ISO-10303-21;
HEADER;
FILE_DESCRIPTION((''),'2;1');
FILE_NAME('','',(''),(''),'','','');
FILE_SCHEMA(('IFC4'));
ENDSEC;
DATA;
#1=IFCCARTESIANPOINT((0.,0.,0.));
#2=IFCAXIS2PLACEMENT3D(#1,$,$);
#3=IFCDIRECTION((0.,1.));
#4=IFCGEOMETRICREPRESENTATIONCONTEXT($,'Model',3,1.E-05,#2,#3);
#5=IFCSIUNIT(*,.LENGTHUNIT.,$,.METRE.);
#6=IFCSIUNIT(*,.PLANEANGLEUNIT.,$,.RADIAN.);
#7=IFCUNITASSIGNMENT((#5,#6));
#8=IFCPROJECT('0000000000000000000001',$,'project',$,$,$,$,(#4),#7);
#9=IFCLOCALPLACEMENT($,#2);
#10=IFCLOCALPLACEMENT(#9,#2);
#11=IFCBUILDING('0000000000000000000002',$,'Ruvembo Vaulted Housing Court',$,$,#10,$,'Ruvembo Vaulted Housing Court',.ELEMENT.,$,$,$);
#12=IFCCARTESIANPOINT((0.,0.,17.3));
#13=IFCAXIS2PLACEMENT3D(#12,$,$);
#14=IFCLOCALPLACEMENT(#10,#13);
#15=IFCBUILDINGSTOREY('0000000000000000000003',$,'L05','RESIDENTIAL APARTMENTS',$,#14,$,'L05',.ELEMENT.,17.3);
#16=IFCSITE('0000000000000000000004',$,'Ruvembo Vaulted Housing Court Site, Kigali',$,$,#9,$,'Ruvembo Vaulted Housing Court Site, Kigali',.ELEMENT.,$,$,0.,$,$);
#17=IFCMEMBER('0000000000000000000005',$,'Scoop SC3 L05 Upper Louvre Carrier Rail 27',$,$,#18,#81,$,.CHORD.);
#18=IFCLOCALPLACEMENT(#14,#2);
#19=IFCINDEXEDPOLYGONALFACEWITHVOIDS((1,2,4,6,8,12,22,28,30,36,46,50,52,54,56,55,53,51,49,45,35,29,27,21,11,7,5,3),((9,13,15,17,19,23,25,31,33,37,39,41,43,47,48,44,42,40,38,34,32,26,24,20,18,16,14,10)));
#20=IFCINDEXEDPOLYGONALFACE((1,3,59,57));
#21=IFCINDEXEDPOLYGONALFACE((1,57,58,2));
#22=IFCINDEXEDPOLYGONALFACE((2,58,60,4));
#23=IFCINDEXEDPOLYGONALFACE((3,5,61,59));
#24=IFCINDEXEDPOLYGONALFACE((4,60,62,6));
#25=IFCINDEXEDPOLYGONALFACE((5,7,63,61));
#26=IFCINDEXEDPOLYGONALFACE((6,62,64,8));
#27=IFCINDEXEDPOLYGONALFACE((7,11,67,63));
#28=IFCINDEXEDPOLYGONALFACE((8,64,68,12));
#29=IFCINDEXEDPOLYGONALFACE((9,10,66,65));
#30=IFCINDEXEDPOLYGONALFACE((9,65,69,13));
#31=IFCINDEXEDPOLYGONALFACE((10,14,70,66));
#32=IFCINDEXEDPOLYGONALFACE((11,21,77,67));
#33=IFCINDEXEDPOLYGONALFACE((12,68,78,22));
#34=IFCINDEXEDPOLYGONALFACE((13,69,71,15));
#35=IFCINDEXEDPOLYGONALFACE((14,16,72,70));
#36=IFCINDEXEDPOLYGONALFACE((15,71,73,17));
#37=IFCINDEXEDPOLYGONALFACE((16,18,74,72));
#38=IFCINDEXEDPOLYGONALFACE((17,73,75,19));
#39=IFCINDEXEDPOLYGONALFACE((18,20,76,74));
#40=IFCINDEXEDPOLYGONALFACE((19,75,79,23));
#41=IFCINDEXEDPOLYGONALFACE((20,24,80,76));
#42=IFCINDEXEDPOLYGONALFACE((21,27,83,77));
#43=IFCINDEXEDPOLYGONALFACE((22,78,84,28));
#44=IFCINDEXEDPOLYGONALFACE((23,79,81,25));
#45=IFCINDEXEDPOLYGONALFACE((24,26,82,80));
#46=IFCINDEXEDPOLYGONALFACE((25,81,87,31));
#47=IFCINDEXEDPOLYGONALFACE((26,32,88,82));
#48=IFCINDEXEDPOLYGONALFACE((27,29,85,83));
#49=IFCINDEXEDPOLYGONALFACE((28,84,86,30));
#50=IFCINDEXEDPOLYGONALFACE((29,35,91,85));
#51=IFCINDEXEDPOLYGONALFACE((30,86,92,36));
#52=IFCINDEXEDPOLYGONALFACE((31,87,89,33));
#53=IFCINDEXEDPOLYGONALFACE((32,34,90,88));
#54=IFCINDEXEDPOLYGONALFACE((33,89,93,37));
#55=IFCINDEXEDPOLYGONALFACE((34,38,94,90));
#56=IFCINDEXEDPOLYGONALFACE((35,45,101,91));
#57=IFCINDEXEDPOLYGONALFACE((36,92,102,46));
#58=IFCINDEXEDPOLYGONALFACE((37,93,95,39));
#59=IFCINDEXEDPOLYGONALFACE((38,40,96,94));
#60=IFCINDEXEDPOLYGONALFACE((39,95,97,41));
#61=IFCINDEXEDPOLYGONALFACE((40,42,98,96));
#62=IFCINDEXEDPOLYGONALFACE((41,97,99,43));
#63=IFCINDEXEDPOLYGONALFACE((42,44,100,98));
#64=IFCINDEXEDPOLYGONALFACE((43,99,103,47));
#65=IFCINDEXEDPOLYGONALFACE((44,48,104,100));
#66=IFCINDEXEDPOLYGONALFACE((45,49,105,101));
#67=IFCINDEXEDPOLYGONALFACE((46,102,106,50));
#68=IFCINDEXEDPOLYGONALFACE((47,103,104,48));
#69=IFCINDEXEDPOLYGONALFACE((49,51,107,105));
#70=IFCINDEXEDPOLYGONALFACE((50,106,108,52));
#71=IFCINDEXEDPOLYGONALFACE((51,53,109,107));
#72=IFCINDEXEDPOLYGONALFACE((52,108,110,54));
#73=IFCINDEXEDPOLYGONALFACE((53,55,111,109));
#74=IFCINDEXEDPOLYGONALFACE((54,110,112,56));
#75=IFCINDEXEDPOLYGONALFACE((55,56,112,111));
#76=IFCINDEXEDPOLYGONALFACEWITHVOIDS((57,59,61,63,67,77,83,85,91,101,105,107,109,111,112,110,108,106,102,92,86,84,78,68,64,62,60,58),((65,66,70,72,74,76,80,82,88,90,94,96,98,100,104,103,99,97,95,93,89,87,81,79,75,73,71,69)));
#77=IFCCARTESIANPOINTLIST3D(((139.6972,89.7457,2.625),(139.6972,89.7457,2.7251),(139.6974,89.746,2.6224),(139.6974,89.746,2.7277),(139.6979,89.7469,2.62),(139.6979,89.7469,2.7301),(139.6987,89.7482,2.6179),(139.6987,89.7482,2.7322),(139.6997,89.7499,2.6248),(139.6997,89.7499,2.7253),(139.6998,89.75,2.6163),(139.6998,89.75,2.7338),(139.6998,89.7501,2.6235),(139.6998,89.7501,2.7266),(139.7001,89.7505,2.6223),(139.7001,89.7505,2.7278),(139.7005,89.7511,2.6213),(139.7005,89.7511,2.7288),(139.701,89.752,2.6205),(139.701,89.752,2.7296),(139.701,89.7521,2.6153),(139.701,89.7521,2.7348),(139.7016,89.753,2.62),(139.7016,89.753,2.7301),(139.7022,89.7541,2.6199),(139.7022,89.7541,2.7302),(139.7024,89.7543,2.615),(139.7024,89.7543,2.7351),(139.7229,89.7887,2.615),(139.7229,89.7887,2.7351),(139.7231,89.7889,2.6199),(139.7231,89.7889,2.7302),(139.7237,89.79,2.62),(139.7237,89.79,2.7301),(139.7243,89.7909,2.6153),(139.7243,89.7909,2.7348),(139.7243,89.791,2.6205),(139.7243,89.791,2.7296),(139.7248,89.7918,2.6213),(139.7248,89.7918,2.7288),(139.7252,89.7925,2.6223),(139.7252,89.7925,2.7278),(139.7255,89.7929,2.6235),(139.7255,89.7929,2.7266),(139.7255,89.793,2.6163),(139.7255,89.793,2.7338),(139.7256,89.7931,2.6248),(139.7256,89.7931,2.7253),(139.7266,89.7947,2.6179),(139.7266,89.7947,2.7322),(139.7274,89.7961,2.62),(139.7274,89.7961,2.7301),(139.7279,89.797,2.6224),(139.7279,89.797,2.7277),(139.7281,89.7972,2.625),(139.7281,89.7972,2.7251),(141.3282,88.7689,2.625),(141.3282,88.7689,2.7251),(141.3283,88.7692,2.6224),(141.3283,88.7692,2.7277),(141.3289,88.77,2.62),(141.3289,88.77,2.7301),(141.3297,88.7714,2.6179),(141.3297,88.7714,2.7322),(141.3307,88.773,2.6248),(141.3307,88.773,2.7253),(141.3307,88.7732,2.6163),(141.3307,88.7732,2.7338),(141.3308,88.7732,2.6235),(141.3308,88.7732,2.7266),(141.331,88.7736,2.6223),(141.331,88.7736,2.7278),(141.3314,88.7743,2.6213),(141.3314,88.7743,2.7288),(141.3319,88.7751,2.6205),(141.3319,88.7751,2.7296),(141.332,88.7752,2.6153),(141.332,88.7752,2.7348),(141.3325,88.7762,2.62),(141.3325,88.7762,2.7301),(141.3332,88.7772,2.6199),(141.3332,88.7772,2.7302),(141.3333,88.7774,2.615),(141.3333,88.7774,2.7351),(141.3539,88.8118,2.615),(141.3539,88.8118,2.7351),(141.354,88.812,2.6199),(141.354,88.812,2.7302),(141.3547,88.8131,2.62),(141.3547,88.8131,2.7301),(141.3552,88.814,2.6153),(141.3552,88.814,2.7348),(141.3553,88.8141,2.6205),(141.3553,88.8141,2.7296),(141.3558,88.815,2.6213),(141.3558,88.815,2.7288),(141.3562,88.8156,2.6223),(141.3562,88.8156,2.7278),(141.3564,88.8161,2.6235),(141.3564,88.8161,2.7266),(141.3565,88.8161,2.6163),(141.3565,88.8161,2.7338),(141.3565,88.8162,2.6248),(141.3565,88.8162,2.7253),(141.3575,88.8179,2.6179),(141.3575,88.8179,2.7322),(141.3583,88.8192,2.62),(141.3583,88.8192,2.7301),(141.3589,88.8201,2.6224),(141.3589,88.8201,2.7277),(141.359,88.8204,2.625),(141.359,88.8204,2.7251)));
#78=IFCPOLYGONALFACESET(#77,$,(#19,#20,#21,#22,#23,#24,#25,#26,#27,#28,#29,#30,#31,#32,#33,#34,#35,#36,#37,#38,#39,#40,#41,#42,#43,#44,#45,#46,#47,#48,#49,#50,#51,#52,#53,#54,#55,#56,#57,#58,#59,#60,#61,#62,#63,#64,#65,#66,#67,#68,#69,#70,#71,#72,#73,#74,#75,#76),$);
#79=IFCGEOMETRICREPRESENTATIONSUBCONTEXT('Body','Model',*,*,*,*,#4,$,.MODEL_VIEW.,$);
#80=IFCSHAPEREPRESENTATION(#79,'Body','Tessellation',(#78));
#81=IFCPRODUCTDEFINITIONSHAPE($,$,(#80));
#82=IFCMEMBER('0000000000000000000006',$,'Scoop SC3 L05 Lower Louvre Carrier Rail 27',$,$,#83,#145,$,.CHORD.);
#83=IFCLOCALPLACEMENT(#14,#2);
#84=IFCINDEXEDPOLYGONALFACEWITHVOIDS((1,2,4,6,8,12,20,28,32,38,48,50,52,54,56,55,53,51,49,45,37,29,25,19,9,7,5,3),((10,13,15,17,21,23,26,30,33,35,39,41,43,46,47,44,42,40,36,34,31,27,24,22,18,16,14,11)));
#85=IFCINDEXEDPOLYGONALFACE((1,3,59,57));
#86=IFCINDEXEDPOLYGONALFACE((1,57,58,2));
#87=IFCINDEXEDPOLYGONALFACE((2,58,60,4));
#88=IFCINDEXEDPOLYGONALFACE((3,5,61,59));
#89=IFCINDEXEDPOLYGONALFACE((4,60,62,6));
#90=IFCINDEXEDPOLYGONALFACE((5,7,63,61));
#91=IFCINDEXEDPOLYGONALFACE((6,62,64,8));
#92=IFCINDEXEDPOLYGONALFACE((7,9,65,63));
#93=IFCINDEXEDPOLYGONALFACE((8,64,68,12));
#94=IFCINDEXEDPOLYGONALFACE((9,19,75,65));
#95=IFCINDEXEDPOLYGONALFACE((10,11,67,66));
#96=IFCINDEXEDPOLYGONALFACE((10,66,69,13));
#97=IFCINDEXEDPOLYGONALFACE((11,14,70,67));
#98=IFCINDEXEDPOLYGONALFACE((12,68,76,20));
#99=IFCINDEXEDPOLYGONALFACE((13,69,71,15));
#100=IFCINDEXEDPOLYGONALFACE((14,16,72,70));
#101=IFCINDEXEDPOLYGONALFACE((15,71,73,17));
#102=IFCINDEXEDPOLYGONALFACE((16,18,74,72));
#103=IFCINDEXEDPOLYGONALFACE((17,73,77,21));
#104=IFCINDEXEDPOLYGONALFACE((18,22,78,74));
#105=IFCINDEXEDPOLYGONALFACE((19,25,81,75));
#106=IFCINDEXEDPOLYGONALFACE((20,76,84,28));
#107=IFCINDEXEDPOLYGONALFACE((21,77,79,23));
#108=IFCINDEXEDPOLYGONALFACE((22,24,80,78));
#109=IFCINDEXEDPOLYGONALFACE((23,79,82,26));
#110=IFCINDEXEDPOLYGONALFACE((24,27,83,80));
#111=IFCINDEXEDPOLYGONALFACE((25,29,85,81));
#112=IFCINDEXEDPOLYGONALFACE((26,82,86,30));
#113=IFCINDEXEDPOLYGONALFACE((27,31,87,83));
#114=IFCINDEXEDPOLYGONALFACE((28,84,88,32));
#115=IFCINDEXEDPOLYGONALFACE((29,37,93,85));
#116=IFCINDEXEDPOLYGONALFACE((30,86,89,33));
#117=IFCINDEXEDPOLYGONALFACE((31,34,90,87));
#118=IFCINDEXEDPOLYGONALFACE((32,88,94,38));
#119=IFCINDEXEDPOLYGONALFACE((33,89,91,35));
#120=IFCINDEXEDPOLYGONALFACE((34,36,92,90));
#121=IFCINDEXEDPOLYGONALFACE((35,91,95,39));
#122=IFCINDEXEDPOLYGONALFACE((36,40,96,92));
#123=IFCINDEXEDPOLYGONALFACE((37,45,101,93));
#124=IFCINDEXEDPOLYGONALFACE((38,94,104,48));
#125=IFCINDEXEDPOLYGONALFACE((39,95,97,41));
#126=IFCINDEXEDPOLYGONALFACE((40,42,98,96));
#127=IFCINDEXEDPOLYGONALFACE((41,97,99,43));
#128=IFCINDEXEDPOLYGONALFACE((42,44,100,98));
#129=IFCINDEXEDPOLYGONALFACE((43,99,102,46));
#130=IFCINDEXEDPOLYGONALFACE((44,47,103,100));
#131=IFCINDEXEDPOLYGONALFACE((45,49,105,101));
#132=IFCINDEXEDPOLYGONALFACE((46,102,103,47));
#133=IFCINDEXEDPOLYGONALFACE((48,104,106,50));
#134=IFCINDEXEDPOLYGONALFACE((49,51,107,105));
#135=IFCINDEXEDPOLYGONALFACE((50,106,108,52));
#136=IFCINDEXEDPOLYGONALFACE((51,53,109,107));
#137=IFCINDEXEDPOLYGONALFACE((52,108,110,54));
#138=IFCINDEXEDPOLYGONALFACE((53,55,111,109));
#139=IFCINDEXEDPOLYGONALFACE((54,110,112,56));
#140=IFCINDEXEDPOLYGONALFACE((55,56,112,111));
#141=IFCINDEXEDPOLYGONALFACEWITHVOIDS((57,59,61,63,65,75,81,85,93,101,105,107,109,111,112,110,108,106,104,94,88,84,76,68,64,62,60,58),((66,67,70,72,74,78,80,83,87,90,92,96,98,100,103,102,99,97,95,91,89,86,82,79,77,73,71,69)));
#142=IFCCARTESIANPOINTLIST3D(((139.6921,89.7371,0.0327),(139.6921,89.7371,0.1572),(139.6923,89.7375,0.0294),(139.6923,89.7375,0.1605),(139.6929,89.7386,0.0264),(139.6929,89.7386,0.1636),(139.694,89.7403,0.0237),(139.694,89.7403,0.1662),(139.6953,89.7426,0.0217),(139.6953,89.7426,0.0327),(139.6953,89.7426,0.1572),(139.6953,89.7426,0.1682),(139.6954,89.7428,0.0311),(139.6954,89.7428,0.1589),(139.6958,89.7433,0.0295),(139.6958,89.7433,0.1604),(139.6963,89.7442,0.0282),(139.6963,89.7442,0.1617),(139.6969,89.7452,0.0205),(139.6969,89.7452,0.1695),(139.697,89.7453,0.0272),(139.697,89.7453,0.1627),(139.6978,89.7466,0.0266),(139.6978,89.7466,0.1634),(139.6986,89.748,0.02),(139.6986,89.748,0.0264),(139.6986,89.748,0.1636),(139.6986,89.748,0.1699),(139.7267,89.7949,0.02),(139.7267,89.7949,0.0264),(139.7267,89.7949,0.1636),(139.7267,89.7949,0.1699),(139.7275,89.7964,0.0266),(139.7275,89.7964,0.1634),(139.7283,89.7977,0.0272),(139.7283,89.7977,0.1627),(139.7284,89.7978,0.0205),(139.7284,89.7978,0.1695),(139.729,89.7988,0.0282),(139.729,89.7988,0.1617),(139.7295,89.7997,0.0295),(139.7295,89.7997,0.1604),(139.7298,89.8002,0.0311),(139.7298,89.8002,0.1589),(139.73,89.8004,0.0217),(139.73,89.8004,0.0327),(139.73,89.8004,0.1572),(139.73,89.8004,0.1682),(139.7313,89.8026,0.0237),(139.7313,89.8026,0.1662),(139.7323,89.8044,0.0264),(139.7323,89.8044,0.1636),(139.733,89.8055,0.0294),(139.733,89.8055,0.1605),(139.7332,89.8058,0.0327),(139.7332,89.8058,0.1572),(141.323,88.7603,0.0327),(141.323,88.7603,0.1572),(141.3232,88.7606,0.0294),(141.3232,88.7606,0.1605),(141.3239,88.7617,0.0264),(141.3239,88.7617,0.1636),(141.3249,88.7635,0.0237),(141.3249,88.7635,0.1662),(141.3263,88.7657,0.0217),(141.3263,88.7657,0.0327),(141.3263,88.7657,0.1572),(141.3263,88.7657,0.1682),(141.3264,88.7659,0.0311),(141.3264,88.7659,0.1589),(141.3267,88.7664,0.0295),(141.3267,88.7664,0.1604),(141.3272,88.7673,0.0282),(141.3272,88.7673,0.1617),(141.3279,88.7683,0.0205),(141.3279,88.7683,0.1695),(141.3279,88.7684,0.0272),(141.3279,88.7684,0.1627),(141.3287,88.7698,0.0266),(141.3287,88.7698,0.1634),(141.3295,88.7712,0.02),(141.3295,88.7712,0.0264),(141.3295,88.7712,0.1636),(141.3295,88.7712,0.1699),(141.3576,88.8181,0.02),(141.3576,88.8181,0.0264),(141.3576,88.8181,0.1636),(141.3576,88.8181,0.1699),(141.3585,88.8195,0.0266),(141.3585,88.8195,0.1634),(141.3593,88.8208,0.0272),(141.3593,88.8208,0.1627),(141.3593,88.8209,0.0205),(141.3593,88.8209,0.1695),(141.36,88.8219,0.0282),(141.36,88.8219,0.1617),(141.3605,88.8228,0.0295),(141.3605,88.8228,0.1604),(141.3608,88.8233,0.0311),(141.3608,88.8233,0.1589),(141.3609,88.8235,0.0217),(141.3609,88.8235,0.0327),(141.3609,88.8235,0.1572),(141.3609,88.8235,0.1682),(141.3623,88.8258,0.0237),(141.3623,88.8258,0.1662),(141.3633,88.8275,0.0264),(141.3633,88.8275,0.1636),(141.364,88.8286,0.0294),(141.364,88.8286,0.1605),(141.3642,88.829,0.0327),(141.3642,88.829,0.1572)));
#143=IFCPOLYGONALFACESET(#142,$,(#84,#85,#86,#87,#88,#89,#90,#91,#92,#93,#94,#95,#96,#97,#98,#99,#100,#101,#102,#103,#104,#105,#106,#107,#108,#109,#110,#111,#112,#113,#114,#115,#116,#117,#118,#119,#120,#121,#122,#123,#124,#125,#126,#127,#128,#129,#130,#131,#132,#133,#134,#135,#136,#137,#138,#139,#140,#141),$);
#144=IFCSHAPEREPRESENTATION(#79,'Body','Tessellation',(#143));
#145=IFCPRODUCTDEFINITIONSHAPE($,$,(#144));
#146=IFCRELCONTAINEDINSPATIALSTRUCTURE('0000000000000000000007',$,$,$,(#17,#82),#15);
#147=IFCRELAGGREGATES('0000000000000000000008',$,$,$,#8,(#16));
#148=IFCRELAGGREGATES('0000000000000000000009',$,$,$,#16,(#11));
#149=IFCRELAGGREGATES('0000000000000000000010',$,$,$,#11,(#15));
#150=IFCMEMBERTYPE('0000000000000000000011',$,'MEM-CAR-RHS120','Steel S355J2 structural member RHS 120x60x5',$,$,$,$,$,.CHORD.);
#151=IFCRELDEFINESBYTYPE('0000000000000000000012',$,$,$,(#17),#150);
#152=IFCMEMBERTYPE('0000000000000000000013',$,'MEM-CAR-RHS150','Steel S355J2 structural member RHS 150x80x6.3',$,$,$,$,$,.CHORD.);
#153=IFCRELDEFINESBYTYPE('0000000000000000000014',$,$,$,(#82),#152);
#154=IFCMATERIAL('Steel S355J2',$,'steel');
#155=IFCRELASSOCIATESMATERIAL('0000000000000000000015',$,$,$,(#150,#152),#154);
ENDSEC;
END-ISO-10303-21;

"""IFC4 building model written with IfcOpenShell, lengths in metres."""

from ifc_helpers import new_model, si_unit, direction, frame, origin, origin_2d, place, context, subcontext, project, spatial, hollow_rectangle, extrude, material, material_profile, profile_set, type_object, element, save


model = new_model("IFC4")

# Units and contexts
model_context = context("Model", 3, precision=1e-05, world=origin(), true_north=direction((0.0, 1.0)))
body_context = subcontext(model_context, "Body", "Model", "MODEL_VIEW")
ifc_project = project(units=[si_unit("LENGTHUNIT", "METRE"), si_unit("PLANEANGLEUNIT", "RADIAN")], contexts=[model_context])

# Site, building, storey
site_placement = place(None, origin())
site = spatial("IfcSite", under=ifc_project, at=site_placement, Name="Ruvembo Vaulted Housing Court Site, Kigali", LongName="Ruvembo Vaulted Housing Court Site, Kigali", CompositionType="ELEMENT", RefElevation=0.0)
building_placement = place(site_placement, origin())
building = spatial("IfcBuilding", under=site, at=building_placement, Name="Ruvembo Vaulted Housing Court", LongName="Ruvembo Vaulted Housing Court", CompositionType="ELEMENT")
storey_placement = place(building_placement, frame((0.0, 0.0, 17.3)))
storey = spatial("IfcBuildingStorey", under=building, at=storey_placement, Name="L05", Description="RESIDENTIAL APARTMENTS", LongName="L05", CompositionType="ELEMENT", Elevation=17.3)

# Shared definitions
ifc_material_1 = material(Name="Steel S355J2", Category="steel")

# Members
ifc_material_profile_1 = material_profile(ifc_material_1, hollow_rectangle(XDim=0.0601, YDim=0.1201, WallThickness=0.0049, InnerFilletRadius=0.0049, OuterFilletRadius=0.01, at=origin_2d()), Name="RHS 120x60x5")
ifc_profile_set_1 = profile_set([ifc_material_profile_1], Name="Steel S355J2")
member_type_1 = type_object("IfcMemberType", Name="MEM-CAR-RHS120", Description="Steel S355J2 structural member RHS 120x60x5", PredefinedType="CHORD", material=ifc_profile_set_1)
member_1_placement = place(storey_placement, frame((139.7126, 89.7715, 2.675), z_axis=(0.857889, -0.513835, 0.0), x_axis=(0.513835, 0.857889, 0.0)))
element("IfcMember", 1, at=member_1_placement, inside=storey, type_object=member_type_1, Name="Scoop SC3 L05 Upper Louvre Carrier Rail 27", PredefinedType="CHORD", context=body_context, shape_type="SweptSolid", body=[
    extrude(hollow_rectangle(XDim=0.0601, YDim=0.1201, WallThickness=0.0049, InnerFilletRadius=0.0049, OuterFilletRadius=0.01, at=origin_2d()), origin(), (0.0, 0.0, 1.0), 1.9011),
])
ifc_material_profile_2 = material_profile(ifc_material_1, hollow_rectangle(XDim=0.0801, YDim=0.1499, WallThickness=0.0063, InnerFilletRadius=0.0063, OuterFilletRadius=0.0127, at=origin_2d()), Name="RHS 150x80x6.3")
ifc_profile_set_2 = profile_set([ifc_material_profile_2], Name="Steel S355J2")
member_type_2 = type_object("IfcMemberType", Name="MEM-CAR-RHS150", Description="Steel S355J2 structural member RHS 150x80x6.3", PredefinedType="CHORD", material=ifc_profile_set_2)
member_2_placement = place(storey_placement, frame((139.7126, 89.7715, 0.095), z_axis=(0.857889, -0.513835, 0.0), x_axis=(0.513835, 0.857889, 0.0)))
element("IfcMember", 2, at=member_2_placement, inside=storey, type_object=member_type_2, Name="Scoop SC3 L05 Lower Louvre Carrier Rail 27", PredefinedType="CHORD", context=body_context, shape_type="SweptSolid", body=[
    extrude(hollow_rectangle(XDim=0.0801, YDim=0.1499, WallThickness=0.0063, InnerFilletRadius=0.0063, OuterFilletRadius=0.0127, at=origin_2d()), origin(), (0.0, 0.0, 1.0), 1.9011),
])

save(model, "model.ifc")
